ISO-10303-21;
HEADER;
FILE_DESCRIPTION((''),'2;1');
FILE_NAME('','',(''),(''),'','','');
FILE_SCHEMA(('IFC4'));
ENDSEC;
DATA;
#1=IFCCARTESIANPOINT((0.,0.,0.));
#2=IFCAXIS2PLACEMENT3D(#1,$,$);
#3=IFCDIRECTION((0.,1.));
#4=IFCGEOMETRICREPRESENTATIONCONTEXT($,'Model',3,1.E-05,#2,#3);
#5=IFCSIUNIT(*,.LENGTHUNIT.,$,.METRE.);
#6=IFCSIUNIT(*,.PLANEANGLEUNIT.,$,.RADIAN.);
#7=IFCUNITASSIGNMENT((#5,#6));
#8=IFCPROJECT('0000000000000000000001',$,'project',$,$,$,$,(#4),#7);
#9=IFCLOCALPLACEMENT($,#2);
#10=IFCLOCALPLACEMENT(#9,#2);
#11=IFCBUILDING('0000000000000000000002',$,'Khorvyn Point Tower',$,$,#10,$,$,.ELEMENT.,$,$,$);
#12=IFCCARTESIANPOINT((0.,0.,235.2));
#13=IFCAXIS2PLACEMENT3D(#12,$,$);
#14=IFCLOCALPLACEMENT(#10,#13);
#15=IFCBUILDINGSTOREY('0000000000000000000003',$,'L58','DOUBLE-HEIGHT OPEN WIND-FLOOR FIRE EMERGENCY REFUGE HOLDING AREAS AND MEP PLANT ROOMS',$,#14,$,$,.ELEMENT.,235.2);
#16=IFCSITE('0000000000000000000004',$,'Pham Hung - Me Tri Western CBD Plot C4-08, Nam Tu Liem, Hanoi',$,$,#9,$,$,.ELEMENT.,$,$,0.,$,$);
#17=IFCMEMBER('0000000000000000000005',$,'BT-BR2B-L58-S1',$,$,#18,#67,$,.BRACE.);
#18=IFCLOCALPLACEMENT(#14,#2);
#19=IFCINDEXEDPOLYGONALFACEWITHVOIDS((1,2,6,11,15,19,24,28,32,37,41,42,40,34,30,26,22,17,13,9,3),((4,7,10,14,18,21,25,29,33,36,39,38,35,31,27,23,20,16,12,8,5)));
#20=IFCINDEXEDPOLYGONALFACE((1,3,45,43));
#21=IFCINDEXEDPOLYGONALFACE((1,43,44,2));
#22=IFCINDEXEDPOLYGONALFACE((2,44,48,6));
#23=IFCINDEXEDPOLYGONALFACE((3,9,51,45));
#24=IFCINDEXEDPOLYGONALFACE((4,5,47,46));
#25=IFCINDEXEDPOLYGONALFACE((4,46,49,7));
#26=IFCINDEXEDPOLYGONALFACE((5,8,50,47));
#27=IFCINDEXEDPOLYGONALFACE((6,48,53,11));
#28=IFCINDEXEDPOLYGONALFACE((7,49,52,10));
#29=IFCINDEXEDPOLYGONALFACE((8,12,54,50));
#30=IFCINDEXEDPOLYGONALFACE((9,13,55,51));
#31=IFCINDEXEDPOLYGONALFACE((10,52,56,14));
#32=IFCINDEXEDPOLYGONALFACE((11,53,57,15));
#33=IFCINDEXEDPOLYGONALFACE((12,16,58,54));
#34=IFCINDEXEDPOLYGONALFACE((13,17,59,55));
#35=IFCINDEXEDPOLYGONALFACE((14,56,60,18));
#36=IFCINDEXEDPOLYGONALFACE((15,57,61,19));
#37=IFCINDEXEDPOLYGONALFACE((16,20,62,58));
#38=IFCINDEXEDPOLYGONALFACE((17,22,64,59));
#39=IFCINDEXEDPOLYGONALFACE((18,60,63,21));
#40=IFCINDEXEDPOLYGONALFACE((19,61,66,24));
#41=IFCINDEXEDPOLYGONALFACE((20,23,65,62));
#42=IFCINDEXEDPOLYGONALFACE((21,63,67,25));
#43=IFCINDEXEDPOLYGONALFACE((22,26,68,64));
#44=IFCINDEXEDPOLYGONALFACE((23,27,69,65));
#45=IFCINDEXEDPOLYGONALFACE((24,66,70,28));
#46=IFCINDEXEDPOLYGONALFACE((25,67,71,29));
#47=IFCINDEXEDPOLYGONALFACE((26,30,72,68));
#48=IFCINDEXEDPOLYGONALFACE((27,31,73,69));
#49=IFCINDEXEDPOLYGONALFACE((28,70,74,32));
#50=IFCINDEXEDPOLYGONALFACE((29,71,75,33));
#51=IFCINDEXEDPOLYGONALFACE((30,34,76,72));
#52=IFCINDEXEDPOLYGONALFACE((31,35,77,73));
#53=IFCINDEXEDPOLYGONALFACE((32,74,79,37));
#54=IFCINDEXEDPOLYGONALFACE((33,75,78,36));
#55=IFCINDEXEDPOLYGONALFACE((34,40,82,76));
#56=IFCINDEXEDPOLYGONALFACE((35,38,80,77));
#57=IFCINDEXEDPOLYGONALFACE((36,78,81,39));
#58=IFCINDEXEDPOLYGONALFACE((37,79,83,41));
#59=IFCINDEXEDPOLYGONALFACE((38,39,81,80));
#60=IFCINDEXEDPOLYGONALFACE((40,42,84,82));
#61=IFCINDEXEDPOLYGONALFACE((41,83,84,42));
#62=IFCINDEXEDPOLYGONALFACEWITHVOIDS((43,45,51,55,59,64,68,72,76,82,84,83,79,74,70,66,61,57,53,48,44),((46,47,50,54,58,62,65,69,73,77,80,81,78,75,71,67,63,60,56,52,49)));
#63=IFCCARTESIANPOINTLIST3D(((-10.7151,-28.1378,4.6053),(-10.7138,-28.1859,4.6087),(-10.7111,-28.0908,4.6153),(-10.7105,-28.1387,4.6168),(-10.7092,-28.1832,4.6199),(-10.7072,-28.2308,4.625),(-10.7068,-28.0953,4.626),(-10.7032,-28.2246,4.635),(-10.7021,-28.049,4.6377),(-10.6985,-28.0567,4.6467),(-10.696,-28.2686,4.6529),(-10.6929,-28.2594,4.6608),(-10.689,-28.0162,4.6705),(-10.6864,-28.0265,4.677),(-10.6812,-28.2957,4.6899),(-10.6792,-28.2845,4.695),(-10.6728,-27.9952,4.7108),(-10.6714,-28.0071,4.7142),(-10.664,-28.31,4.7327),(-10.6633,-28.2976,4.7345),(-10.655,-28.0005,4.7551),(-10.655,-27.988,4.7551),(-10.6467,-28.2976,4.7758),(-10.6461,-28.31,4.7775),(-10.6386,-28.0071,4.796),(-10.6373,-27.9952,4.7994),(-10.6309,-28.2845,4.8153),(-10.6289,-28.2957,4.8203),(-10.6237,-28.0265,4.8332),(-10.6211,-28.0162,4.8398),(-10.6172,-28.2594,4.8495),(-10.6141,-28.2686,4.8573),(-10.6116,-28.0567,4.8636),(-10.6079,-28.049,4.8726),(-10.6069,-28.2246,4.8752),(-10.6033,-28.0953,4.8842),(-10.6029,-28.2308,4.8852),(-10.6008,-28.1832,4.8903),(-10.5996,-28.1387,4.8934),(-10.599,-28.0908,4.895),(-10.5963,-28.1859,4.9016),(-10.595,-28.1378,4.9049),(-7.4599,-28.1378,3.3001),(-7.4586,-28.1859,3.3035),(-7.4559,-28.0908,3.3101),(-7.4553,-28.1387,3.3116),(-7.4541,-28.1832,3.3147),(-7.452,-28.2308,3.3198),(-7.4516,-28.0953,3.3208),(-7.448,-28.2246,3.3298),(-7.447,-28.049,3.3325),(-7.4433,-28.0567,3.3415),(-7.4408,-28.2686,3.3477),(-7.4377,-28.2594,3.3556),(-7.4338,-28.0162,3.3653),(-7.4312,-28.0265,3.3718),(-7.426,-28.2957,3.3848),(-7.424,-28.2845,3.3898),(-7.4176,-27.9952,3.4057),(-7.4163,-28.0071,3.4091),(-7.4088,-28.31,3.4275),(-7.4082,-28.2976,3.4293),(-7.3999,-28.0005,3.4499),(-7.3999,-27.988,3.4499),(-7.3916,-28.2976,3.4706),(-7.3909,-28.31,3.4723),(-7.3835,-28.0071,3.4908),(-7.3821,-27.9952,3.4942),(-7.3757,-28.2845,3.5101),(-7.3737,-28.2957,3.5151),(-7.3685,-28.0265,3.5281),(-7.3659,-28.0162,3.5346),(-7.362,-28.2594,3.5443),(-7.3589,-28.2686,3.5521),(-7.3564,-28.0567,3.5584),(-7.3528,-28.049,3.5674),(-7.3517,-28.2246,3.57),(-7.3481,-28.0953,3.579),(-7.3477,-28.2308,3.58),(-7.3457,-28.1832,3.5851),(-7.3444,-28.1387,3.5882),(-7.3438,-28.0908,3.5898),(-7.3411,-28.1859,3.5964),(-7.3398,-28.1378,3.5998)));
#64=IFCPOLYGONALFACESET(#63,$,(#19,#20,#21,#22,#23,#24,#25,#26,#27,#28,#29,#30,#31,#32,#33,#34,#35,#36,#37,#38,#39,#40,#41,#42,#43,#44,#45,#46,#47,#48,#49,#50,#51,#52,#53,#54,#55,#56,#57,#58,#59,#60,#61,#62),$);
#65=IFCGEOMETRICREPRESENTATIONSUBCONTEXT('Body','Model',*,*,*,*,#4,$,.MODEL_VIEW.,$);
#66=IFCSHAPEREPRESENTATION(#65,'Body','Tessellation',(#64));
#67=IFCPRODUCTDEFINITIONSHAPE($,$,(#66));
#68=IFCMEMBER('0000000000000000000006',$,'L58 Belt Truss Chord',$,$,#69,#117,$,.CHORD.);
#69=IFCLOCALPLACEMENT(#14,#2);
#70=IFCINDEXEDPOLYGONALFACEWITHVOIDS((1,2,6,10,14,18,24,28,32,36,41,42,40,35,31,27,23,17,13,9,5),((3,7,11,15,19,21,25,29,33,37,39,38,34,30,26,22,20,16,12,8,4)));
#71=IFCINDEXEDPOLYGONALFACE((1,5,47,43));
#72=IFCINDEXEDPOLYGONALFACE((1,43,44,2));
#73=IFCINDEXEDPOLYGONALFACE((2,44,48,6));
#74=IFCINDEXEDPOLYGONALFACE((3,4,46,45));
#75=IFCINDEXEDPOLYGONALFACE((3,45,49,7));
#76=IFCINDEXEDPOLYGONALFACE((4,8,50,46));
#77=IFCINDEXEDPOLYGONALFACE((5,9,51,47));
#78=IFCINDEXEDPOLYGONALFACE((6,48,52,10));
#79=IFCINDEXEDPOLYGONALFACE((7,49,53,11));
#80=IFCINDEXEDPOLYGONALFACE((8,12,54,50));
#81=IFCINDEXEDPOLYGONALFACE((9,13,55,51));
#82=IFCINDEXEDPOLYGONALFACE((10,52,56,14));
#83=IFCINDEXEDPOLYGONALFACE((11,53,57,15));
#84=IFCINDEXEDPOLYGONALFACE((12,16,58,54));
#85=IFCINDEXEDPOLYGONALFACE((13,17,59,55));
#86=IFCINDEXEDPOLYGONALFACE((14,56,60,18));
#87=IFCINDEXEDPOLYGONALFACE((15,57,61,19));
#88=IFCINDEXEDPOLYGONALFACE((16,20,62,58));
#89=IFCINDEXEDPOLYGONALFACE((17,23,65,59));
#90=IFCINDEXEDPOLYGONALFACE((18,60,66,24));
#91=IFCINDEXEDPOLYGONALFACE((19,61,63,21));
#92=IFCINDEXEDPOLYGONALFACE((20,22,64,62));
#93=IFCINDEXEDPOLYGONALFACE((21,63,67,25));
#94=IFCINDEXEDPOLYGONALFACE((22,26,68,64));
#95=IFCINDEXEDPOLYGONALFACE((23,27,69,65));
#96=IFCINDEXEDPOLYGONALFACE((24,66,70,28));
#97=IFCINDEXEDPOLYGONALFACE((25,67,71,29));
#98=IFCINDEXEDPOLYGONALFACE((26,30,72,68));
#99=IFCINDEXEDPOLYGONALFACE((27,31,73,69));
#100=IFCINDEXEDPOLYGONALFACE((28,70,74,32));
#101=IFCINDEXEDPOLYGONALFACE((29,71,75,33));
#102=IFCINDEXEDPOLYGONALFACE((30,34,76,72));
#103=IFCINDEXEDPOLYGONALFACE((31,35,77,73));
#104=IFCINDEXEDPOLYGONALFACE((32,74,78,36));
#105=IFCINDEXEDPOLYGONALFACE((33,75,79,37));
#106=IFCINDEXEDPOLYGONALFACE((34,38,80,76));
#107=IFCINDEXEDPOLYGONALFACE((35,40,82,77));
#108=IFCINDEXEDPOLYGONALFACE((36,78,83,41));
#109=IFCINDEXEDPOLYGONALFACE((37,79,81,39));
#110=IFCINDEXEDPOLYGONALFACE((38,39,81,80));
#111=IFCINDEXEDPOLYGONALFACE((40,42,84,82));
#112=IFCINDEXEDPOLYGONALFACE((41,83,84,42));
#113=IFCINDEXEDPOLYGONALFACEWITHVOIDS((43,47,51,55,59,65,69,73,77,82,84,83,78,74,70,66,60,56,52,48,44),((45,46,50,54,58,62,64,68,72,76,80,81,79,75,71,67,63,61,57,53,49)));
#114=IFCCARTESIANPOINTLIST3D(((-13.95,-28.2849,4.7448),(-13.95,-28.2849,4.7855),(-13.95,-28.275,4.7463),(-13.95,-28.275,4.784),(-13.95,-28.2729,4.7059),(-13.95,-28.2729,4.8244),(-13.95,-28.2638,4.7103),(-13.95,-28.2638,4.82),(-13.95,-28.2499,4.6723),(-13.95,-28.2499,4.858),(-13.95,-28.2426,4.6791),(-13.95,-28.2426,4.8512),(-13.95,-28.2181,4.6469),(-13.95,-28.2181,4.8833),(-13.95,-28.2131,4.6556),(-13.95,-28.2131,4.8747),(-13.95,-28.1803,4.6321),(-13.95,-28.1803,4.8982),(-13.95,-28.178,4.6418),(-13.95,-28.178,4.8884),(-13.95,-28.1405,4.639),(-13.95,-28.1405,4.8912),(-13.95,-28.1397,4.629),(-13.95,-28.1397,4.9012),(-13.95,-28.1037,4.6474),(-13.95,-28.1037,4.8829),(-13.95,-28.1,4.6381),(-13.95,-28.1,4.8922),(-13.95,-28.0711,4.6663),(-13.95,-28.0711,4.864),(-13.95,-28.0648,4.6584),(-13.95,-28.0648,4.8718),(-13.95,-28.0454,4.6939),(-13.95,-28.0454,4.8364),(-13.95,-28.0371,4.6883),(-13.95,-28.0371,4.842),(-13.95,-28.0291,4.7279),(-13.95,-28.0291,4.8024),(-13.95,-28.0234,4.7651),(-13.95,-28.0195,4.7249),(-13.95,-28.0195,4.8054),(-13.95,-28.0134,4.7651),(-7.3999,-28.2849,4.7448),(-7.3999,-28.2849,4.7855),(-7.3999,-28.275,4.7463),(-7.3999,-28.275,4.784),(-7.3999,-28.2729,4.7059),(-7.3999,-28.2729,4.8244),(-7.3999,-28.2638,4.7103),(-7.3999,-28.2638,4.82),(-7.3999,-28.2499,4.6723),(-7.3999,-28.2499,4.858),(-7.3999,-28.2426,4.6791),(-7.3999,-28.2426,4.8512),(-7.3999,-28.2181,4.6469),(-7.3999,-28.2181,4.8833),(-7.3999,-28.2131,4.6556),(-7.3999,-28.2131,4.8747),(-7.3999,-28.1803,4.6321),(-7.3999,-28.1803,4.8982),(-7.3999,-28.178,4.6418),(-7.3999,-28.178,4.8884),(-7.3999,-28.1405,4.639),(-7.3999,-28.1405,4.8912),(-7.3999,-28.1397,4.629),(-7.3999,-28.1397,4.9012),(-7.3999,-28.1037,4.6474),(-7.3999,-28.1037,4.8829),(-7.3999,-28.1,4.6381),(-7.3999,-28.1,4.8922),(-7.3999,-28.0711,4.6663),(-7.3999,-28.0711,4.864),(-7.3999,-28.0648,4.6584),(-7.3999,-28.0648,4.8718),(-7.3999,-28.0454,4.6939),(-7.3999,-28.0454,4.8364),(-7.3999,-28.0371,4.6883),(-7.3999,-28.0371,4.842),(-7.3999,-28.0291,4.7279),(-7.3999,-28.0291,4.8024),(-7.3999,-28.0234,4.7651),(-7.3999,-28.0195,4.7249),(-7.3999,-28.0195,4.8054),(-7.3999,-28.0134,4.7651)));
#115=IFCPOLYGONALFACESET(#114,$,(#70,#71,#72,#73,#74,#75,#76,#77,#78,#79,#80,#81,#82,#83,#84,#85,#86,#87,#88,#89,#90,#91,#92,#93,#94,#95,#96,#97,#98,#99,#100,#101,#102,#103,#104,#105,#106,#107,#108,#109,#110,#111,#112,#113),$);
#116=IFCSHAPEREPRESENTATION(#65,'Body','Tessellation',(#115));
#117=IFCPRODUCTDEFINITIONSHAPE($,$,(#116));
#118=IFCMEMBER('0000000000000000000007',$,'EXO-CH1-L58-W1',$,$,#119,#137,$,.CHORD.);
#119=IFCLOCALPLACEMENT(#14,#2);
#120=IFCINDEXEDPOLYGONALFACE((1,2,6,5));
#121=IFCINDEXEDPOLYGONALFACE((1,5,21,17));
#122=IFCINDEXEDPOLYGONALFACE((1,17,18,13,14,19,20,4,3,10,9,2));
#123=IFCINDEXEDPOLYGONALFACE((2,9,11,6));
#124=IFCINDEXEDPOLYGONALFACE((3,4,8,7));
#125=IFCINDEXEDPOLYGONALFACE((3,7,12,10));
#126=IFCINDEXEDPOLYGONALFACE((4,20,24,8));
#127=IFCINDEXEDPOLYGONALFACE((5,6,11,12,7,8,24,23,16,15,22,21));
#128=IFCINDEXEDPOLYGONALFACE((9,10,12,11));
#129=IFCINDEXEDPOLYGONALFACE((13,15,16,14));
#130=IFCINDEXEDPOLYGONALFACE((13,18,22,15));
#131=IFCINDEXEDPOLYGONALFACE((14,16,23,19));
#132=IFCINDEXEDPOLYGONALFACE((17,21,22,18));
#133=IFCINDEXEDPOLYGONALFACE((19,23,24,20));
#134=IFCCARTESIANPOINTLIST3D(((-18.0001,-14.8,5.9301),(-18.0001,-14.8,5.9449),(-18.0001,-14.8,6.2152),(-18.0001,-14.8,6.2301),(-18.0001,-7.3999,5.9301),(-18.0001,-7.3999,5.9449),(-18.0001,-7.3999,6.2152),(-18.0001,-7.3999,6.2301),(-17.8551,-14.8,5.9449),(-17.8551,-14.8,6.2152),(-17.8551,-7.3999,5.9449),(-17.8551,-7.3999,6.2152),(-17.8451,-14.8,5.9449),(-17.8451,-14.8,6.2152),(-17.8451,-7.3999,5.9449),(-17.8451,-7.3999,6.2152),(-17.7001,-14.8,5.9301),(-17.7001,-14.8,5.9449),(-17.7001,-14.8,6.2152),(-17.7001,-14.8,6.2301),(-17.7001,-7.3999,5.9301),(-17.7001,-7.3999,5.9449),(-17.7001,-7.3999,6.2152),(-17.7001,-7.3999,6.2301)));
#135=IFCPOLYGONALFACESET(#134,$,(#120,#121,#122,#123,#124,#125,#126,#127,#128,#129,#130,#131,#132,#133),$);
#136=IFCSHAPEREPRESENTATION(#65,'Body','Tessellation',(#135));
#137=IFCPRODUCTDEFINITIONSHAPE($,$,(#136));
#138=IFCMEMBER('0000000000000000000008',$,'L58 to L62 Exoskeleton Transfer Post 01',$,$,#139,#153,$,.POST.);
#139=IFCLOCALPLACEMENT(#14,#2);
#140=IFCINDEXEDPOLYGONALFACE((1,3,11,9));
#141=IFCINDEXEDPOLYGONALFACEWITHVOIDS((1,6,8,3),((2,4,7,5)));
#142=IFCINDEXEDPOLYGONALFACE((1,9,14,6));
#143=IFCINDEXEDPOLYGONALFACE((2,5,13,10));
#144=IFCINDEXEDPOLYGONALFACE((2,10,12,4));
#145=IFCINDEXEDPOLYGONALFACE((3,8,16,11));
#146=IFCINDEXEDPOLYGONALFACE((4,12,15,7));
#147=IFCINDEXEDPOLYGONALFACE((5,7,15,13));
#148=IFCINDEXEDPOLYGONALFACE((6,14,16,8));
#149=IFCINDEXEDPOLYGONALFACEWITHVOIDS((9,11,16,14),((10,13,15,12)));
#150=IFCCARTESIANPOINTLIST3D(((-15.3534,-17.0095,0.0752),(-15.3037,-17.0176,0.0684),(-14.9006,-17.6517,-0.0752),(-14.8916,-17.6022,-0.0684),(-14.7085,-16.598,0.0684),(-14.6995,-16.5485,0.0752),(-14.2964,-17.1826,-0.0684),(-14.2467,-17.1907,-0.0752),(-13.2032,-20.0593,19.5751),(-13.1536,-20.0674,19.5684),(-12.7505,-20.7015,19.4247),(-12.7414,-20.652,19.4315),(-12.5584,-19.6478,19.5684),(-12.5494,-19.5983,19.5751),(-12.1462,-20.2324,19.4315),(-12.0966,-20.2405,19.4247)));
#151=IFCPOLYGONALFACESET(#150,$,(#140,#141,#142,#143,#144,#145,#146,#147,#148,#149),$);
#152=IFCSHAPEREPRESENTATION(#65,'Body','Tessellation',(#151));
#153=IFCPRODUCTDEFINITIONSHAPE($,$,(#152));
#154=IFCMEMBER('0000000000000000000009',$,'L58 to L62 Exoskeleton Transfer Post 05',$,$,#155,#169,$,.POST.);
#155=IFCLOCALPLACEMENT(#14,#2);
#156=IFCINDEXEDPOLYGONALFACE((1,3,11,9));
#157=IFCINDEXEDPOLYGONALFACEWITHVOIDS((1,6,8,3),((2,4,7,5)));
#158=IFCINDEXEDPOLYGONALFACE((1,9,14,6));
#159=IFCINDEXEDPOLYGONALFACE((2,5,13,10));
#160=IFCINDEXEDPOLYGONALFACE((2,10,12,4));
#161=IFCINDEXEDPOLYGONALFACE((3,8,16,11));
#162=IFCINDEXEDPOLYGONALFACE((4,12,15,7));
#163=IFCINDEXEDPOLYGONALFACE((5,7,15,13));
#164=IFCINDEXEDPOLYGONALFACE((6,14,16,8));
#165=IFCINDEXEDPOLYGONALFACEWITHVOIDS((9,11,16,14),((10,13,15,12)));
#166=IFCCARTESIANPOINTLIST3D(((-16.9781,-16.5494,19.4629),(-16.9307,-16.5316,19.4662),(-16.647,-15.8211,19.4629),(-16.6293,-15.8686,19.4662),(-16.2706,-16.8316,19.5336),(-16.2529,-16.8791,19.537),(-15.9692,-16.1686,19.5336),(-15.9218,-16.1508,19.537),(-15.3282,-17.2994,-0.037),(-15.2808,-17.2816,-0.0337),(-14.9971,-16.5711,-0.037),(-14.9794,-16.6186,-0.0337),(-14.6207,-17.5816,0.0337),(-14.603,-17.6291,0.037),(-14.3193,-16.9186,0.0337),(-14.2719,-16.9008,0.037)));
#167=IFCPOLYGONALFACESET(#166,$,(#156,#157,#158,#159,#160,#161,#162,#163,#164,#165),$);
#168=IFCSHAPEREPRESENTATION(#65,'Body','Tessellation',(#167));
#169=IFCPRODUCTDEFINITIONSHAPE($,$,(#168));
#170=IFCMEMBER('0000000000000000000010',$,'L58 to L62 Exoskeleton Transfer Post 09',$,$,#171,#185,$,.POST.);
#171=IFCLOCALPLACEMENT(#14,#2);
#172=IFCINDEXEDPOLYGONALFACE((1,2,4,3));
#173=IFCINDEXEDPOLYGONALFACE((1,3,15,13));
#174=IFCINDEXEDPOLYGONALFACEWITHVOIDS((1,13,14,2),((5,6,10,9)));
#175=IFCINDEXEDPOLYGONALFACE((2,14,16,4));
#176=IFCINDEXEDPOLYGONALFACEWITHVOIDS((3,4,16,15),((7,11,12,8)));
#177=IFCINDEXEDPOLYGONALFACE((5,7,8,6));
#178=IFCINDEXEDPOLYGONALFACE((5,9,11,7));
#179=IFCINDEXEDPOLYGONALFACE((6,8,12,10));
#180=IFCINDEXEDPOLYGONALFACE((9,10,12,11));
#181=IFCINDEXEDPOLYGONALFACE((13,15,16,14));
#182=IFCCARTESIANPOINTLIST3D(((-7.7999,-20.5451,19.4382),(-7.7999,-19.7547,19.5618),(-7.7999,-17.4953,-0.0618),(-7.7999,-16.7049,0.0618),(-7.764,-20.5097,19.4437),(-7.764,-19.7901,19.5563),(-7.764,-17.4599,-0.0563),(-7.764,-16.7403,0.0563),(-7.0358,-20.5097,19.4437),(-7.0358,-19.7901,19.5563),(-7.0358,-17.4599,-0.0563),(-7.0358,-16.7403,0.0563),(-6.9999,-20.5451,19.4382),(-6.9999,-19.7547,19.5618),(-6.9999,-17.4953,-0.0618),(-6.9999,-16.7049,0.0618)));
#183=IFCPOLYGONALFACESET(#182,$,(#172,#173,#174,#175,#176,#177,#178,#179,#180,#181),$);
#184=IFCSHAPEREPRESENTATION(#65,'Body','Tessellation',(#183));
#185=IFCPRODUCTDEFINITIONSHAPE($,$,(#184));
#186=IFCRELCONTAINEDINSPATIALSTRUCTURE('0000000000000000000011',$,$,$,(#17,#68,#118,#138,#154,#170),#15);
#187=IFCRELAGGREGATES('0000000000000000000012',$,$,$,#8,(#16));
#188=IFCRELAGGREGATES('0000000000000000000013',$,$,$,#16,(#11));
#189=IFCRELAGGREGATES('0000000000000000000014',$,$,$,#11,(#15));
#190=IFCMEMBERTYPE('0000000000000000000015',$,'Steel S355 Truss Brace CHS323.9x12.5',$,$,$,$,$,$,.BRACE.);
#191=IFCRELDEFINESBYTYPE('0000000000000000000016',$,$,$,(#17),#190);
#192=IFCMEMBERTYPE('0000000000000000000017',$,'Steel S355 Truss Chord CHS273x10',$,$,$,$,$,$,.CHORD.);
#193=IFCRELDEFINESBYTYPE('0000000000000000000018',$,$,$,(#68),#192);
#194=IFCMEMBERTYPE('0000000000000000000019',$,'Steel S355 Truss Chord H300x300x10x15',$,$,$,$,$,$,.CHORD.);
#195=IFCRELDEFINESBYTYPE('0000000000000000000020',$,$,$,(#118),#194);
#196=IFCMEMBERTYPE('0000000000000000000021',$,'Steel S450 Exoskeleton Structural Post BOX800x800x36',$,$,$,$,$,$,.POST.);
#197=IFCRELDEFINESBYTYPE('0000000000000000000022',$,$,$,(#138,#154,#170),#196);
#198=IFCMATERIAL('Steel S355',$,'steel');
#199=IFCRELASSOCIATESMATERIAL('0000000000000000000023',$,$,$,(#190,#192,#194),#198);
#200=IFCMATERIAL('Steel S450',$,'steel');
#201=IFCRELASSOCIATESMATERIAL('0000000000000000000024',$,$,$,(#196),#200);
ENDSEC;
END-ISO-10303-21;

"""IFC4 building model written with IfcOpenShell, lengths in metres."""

from ifc_helpers import new_model, si_unit, direction, frame, origin, origin_2d, place, context, subcontext, project, spatial, hollow_rectangle, hollow_circle, i_section, extrude, material, material_profile, profile_set, type_object, element, save


model = new_model("IFC4")

# Units and contexts
model_context = context("Model", 3, precision=1e-05, world=origin(), true_north=direction((0.0, 1.0)))
body_context = subcontext(model_context, "Body", "Model", "MODEL_VIEW")
ifc_project = project(units=[si_unit("LENGTHUNIT", "METRE"), si_unit("PLANEANGLEUNIT", "RADIAN")], contexts=[model_context])

# Site, building, storey
site_placement = place(None, origin())
site = spatial("IfcSite", under=ifc_project, at=site_placement, Name="Pham Hung - Me Tri Western CBD Plot C4-08, Nam Tu Liem, Hanoi", CompositionType="ELEMENT", RefElevation=0.0)
building_placement = place(site_placement, origin())
building = spatial("IfcBuilding", under=site, at=building_placement, Name="Khorvyn Point Tower", CompositionType="ELEMENT")
storey_placement = place(building_placement, frame((0.0, 0.0, 235.2)))
storey = spatial("IfcBuildingStorey", under=building, at=storey_placement, Name="L58", Description="DOUBLE-HEIGHT OPEN WIND-FLOOR FIRE EMERGENCY REFUGE HOLDING AREAS AND MEP PLANT ROOMS", CompositionType="ELEMENT", Elevation=235.2)

# Shared definitions
ifc_material_1 = material(Name="Steel S450", Category="steel")

# Members
ifc_material_2 = material(Name="Steel S355", Category="steel")
ifc_material_profile_1 = material_profile(ifc_material_2, hollow_circle(Radius=0.1619, WallThickness=0.0125, at=origin_2d()))
ifc_profile_set_1 = profile_set([ifc_material_profile_1], Name="Steel S355 CHS323.9x12.5")
member_type_1 = type_object("IfcMemberType", Name="Steel S355 Truss Brace CHS323.9x12.5", PredefinedType="BRACE", material=ifc_profile_set_1)
member_1_placement = place(storey_placement, frame((-10.655, -28.1499, 4.7551), z_axis=(0.928169, 0.0, -0.372159), x_axis=(0.0, 1.0, 0.0)))
element("IfcMember", 1, at=member_1_placement, inside=storey, type_object=member_type_1, Name="BT-BR2B-L58-S1", PredefinedType="BRACE", context=body_context, shape_type="SweptSolid", body=[
    extrude(hollow_circle(Radius=0.1619, WallThickness=0.0125, at=origin_2d()), origin(), (0.0, 0.0, 1.0), 3.5071),
])
ifc_material_profile_2 = material_profile(ifc_material_2, hollow_circle(Radius=0.1365, WallThickness=0.01, at=origin_2d()))
ifc_profile_set_2 = profile_set([ifc_material_profile_2], Name="Steel S355 CHS273x10")
member_type_2 = type_object("IfcMemberType", Name="Steel S355 Truss Chord CHS273x10", PredefinedType="CHORD", material=ifc_profile_set_2)
member_2_placement = place(storey_placement, frame((-13.95, -28.1499, 4.7651), z_axis=(1.0, 0.0, 0.0), x_axis=(0.0, 1.0, 0.0)))
element("IfcMember", 2, at=member_2_placement, inside=storey, type_object=member_type_2, Name="L58 Belt Truss Chord", PredefinedType="CHORD", context=body_context, shape_type="SweptSolid", body=[
    extrude(hollow_circle(Radius=0.1365, WallThickness=0.01, at=origin_2d()), origin(), (0.0, 0.0, 1.0), 6.55),
])
ifc_material_profile_3 = material_profile(ifc_material_2, i_section(OverallWidth=0.3, OverallDepth=0.3, WebThickness=0.01, FlangeThickness=0.0149, at=origin_2d()))
ifc_profile_set_3 = profile_set([ifc_material_profile_3], Name="Steel S355 H300x300x10x15")
member_type_3 = type_object("IfcMemberType", Name="Steel S355 Truss Chord H300x300x10x15", PredefinedType="CHORD", material=ifc_profile_set_3)
member_3_placement = place(storey_placement, frame((-17.8501, -14.8, 6.0801), z_axis=(0.0, 1.0, 0.0), x_axis=(-1.0, 0.0, 0.0)))
element("IfcMember", 3, at=member_3_placement, inside=storey, type_object=member_type_3, Name="EXO-CH1-L58-W1", PredefinedType="CHORD", context=body_context, shape_type="SweptSolid", body=[
    extrude(i_section(OverallWidth=0.3, OverallDepth=0.3, WebThickness=0.01, FlangeThickness=0.0149, at=origin_2d()), origin(), (0.0, 0.0, 1.0), 7.4001),
])
ifc_material_profile_4 = material_profile(ifc_material_1, hollow_rectangle(XDim=0.8, YDim=0.8, WallThickness=0.0359, at=origin_2d()))
ifc_profile_set_4 = profile_set([ifc_material_profile_4], Name="Steel S450 BOX800x800x36")
member_type_4 = type_object("IfcMemberType", Name="Steel S450 Exoskeleton Structural Post BOX800x800x36", PredefinedType="POST", material=ifc_profile_set_4)
member_4_placement = place(storey_placement, frame((-14.8, -17.1001, 0.0), z_axis=(0.108299, -0.153613, 0.982178), x_axis=(0.817303, 0.576208, 0.0)))
element("IfcMember", 4, at=member_4_placement, inside=storey, type_object=member_type_4, Name="L58 to L62 Exoskeleton Transfer Post 01", PredefinedType="POST", context=body_context, shape_type="SweptSolid", body=[
    extrude(hollow_rectangle(XDim=0.8, YDim=0.8, WallThickness=0.0359, at=origin_2d()), origin(), (0.0, 0.0, 1.0), 19.8538),
])
member_5_placement = place(storey_placement, frame((-14.8, -17.1001, 0.0), z_axis=(-0.084247, 0.038296, 0.995709), x_axis=(-0.413823, -0.910357, 0.0)))
element("IfcMember", 5, at=member_5_placement, inside=storey, type_object=member_type_4, Name="L58 to L62 Exoskeleton Transfer Post 05", PredefinedType="POST", context=body_context, shape_type="SweptSolid", body=[
    extrude(hollow_rectangle(XDim=0.8, YDim=0.8, WallThickness=0.0359, at=origin_2d()), origin(), (0.0, 0.0, 1.0), 19.584),
])
member_6_placement = place(storey_placement, frame((-7.3999, -17.1001, 0.0), z_axis=(0.0, -0.154522, 0.987989), x_axis=(1.0, 0.0, 0.0)))
element("IfcMember", 6, at=member_6_placement, inside=storey, type_object=member_type_4, Name="L58 to L62 Exoskeleton Transfer Post 09", PredefinedType="POST", context=body_context, shape_type="SweptSolid", body=[
    extrude(hollow_rectangle(XDim=0.8, YDim=0.8, WallThickness=0.0359, at=origin_2d()), origin(), (0.0, 0.0, 1.0), 19.7371),
])

save(model, "model.ifc")
